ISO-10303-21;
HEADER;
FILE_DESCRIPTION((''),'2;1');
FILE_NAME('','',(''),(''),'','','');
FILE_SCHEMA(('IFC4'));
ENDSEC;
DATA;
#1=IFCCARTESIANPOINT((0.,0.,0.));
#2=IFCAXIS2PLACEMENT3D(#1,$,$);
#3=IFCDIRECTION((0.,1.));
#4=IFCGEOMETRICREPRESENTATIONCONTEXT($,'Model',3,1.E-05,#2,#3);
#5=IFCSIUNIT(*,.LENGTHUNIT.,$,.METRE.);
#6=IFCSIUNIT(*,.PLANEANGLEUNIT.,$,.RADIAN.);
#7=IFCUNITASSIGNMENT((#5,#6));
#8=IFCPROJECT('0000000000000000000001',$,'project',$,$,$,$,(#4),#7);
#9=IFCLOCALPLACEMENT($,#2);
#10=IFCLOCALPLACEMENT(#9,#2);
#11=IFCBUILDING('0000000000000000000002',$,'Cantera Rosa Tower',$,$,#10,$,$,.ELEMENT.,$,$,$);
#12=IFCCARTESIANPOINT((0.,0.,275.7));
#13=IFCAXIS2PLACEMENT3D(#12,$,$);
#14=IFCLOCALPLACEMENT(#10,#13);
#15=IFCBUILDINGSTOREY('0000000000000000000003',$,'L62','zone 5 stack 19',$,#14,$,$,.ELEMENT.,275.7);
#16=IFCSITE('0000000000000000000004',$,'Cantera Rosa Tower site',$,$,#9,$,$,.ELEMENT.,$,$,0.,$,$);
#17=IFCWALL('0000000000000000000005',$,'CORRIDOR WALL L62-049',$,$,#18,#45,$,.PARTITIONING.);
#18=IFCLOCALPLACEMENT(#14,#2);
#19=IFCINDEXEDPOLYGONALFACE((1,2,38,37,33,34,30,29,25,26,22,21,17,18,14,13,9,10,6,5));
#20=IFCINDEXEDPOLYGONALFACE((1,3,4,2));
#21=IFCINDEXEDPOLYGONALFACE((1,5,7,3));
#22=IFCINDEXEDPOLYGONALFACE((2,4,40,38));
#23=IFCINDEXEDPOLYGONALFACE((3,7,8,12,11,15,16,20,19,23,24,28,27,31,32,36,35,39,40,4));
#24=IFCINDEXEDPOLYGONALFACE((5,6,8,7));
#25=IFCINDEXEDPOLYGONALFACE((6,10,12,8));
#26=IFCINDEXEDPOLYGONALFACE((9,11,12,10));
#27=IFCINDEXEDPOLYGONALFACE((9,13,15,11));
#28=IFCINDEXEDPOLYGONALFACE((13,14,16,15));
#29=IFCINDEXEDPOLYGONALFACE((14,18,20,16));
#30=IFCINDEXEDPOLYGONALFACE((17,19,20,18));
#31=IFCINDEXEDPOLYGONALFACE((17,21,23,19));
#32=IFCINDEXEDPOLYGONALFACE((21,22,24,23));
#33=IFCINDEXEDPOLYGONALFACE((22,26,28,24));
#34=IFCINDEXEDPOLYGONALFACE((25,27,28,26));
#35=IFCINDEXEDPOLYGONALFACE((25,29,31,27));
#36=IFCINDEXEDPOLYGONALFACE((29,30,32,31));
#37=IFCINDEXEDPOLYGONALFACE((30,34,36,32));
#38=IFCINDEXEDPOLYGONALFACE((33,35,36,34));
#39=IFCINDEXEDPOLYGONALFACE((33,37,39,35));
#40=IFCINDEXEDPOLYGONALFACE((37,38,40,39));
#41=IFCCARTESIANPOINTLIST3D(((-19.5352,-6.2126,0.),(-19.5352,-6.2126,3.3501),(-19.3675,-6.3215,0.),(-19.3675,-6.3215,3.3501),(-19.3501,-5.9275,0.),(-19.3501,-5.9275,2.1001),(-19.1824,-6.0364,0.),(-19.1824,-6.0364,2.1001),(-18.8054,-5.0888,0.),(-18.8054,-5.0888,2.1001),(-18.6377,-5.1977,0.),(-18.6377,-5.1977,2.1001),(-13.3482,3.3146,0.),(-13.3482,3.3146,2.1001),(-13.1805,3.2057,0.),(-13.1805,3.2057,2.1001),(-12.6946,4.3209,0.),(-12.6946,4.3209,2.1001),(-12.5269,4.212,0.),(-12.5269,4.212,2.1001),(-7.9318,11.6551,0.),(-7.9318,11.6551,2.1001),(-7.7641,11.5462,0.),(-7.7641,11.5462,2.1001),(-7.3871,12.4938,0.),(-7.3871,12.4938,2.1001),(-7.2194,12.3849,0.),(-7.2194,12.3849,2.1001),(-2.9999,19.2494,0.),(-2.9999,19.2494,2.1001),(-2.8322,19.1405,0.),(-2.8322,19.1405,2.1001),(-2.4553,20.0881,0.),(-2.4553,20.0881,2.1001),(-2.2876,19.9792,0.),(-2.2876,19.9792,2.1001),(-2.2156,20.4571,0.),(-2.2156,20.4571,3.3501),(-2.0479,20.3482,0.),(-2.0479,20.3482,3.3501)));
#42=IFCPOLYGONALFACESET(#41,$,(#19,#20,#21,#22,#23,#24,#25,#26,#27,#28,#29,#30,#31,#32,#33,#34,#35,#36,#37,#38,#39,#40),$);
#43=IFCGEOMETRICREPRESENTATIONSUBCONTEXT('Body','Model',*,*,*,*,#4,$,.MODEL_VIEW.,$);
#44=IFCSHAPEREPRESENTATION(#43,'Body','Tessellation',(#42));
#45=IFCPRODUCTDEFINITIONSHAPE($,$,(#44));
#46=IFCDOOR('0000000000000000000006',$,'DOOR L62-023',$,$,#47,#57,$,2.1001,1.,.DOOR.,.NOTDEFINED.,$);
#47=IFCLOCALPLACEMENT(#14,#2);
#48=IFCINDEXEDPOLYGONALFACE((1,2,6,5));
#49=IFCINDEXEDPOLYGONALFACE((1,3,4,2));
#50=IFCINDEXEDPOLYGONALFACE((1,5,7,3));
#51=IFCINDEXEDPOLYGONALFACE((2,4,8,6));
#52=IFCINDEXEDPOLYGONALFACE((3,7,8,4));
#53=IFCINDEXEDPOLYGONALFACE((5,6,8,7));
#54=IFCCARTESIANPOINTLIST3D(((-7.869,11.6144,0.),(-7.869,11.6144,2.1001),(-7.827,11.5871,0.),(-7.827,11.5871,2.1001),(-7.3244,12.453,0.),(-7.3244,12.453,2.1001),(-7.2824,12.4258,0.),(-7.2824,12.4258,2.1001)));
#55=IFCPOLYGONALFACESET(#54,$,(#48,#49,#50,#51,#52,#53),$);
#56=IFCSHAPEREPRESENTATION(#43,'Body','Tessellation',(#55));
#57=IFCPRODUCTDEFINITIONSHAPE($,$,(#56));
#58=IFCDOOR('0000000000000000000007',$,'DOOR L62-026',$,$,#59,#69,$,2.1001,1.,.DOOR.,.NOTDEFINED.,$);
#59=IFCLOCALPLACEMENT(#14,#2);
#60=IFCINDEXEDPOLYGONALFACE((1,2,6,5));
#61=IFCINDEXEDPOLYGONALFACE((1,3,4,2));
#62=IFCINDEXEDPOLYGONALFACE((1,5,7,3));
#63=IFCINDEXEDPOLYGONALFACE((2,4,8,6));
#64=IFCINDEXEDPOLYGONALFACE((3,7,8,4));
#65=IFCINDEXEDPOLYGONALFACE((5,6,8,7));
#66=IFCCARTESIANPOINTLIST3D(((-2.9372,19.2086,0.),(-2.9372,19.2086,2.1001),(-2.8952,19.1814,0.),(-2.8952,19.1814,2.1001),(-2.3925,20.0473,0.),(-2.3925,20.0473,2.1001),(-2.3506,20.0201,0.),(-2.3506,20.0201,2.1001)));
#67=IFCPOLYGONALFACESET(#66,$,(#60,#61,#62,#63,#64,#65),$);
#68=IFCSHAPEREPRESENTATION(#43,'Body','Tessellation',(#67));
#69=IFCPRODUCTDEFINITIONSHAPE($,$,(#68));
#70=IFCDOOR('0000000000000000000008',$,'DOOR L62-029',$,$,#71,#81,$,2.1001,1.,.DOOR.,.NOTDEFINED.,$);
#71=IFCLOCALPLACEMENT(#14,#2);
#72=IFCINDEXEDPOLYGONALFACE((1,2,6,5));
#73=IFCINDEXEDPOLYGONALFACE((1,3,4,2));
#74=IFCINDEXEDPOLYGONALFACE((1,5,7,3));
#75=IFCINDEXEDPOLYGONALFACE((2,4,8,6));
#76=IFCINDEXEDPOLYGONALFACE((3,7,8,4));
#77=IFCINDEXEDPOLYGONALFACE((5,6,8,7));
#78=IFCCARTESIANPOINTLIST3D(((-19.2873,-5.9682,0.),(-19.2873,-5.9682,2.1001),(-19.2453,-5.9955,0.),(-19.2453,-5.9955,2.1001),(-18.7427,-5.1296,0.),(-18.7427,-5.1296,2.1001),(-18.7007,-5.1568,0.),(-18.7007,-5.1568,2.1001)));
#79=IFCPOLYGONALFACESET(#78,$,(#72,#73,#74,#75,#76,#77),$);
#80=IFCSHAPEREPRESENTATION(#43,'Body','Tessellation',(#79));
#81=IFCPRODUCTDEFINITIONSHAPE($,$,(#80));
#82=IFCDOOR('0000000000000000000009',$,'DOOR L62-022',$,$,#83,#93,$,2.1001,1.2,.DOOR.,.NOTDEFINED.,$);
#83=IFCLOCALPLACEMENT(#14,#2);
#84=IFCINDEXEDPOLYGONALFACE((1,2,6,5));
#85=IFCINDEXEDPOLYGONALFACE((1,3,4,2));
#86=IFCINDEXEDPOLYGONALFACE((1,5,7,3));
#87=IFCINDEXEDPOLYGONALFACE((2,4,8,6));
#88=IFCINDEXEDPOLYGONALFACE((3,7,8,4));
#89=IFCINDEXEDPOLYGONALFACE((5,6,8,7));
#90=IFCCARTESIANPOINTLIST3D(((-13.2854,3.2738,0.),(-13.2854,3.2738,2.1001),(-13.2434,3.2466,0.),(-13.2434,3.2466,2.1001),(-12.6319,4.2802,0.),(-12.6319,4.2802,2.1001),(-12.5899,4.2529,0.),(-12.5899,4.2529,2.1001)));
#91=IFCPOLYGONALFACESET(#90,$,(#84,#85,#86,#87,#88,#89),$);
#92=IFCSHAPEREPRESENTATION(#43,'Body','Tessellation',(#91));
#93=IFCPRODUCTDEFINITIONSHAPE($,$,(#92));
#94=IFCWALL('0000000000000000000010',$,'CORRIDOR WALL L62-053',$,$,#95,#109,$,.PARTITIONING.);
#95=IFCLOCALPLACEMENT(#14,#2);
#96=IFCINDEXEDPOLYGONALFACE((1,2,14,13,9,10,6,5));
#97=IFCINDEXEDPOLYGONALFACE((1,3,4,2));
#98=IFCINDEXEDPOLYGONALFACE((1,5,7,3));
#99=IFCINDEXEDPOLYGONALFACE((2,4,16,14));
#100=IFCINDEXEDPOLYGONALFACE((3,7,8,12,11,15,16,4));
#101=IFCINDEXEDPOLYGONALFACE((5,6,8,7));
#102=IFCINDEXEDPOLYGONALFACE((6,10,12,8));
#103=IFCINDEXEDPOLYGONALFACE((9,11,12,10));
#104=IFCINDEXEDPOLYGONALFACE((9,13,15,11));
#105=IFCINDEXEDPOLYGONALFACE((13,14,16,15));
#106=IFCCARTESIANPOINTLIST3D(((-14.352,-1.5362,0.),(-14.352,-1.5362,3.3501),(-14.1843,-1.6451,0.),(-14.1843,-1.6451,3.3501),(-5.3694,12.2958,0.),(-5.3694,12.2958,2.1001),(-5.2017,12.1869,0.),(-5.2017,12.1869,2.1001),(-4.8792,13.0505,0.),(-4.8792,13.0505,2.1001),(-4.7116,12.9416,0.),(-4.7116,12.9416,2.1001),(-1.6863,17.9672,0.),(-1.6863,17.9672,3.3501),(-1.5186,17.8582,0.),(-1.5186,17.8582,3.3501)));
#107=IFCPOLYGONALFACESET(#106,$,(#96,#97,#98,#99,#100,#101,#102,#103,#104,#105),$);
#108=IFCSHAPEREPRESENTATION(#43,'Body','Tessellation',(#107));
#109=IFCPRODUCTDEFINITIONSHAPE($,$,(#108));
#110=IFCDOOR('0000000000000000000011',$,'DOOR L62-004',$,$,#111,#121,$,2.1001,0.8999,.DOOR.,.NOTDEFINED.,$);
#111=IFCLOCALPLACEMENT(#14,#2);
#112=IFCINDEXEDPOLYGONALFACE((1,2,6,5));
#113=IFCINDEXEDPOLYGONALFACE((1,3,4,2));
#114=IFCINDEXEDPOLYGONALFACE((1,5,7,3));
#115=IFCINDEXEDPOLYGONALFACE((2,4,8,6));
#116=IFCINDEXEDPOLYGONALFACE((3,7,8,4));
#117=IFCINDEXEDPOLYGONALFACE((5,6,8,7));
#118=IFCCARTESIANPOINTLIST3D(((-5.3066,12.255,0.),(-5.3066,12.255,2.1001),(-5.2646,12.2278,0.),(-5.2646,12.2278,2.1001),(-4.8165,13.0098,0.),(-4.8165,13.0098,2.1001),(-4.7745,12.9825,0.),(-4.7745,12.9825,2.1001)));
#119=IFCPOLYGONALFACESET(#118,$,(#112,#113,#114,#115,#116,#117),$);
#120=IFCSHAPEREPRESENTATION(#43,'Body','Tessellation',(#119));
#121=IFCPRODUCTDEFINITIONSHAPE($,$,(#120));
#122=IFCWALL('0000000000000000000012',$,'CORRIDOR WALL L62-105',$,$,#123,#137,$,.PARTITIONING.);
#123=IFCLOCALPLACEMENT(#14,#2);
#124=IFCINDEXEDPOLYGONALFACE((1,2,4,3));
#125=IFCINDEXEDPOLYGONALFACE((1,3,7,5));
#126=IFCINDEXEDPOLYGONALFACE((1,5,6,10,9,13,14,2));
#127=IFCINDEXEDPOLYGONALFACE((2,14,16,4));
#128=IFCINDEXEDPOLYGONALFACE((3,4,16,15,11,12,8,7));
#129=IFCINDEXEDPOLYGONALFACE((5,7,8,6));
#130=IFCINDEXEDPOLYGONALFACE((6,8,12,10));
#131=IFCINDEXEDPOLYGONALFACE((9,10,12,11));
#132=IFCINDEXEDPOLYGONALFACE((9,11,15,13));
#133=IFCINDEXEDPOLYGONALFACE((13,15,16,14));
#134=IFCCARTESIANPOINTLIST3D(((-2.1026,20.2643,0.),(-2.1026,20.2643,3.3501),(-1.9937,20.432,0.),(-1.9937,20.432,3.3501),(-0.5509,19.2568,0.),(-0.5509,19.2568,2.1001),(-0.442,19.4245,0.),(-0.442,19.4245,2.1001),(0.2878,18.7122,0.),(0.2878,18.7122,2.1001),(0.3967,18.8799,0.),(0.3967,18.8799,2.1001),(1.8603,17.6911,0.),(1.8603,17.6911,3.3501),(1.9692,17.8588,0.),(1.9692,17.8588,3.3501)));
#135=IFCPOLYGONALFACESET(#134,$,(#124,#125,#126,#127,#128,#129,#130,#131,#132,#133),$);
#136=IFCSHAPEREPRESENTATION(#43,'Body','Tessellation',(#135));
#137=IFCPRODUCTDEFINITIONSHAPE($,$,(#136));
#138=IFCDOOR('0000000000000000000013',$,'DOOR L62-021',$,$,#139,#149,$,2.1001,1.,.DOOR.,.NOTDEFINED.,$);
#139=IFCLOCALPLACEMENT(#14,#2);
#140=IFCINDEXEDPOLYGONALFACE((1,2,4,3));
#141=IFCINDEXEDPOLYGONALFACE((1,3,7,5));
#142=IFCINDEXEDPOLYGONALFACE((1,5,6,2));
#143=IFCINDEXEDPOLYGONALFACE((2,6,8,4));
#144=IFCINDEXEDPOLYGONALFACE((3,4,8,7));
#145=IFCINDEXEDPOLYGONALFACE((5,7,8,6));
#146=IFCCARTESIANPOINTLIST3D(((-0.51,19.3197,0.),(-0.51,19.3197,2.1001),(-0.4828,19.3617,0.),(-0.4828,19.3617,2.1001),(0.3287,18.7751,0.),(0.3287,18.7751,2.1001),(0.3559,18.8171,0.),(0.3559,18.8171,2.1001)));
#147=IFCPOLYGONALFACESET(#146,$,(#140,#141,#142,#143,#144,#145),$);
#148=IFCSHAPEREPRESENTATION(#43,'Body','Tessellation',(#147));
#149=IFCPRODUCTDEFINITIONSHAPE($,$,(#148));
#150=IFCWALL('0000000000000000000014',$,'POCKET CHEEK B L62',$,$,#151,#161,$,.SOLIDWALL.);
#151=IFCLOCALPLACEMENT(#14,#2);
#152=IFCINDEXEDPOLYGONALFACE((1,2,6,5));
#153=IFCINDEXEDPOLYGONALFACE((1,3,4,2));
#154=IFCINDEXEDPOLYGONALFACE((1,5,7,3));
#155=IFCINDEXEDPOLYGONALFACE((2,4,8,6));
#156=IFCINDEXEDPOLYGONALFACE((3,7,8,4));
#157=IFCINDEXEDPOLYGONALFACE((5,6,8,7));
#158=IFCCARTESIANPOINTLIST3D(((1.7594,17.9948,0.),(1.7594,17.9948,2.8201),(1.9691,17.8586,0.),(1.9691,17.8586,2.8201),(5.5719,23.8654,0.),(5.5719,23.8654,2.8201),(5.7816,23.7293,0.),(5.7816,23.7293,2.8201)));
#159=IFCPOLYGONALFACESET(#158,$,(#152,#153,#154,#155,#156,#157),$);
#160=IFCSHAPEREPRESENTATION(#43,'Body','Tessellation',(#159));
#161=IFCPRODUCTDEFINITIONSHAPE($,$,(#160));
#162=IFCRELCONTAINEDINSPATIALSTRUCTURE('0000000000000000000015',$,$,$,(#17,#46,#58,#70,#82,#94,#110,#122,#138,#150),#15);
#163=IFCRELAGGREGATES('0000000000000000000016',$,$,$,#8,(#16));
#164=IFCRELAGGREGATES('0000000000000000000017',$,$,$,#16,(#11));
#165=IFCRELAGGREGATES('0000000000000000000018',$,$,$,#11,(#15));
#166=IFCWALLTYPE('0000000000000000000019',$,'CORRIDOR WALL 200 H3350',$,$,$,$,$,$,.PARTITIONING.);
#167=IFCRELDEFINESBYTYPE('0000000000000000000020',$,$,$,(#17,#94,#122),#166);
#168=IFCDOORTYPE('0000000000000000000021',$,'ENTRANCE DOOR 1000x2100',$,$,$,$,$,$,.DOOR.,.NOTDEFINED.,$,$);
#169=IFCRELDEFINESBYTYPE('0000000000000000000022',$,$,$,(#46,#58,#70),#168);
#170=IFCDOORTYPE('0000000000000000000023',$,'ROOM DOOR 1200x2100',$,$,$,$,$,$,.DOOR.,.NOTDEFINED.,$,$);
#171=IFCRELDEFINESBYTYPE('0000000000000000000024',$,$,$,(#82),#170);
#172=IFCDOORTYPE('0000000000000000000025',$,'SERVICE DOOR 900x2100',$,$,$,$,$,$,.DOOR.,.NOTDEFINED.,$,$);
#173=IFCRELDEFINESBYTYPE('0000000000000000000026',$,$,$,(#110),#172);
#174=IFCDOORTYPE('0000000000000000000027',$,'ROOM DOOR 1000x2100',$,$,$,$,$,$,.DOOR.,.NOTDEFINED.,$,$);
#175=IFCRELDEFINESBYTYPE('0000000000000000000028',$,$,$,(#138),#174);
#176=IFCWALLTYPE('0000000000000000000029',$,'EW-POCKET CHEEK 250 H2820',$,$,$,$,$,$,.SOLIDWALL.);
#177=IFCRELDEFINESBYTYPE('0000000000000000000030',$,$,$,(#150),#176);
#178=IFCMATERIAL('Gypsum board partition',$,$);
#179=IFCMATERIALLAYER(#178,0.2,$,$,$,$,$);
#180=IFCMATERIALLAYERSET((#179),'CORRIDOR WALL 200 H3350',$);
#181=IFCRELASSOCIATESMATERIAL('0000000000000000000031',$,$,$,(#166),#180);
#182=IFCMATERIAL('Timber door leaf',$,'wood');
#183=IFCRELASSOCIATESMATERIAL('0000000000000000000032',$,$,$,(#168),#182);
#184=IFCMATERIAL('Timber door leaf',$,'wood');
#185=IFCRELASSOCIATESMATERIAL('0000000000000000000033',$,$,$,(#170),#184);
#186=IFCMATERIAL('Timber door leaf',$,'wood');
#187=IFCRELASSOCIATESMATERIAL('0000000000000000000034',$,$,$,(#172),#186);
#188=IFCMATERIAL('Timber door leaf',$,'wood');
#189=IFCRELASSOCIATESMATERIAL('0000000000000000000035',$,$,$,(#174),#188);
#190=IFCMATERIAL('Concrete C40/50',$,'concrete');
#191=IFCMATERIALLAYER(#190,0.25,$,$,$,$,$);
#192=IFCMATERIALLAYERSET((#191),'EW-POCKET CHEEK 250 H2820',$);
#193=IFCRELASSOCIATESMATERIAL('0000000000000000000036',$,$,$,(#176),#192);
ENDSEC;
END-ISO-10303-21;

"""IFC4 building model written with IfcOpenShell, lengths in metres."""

from ifc_helpers import new_model, si_unit, direction, frame, frame_2d, origin, place, context, subcontext, project, spatial, rectangle, extrude, material, layer, layer_set, type_object, element, fill, save


model = new_model("IFC4")

# Units and contexts
model_context = context("Model", 3, precision=1e-05, world=origin(), true_north=direction((0.0, 1.0)))
body_context = subcontext(model_context, "Body", "Model", "MODEL_VIEW")
ifc_project = project(units=[si_unit("LENGTHUNIT", "METRE"), si_unit("PLANEANGLEUNIT", "RADIAN")], contexts=[model_context])

# Site, building, storey
site_placement = place(None, origin())
site = spatial("IfcSite", under=ifc_project, at=site_placement, Name="Cantera Rosa Tower site", CompositionType="ELEMENT", RefElevation=0.0)
building_placement = place(site_placement, origin())
building = spatial("IfcBuilding", under=site, at=building_placement, Name="Cantera Rosa Tower", CompositionType="ELEMENT")
storey_placement = place(building_placement, frame((0.0, 0.0, 275.7)))
storey = spatial("IfcBuildingStorey", under=building, at=storey_placement, Name="L62", Description="zone 5 stack 19", CompositionType="ELEMENT", Elevation=275.7)

# Wall, openings, doors
ifc_material_1 = material(Name="Gypsum board partition")
ifc_layer_1 = layer(ifc_material_1, 0.2)
ifc_layer_set_1 = layer_set([ifc_layer_1], Name="CORRIDOR WALL 200 H3350")
wall_type_1 = type_object("IfcWallType", Name="CORRIDOR WALL 200 H3350", PredefinedType="PARTITIONING", material=ifc_layer_set_1)
wall_1_placement = place(storey_placement, frame((-2.1318, 20.4026, 0.0), z_axis=(0.0, 0.0, 1.0), x_axis=(-0.544641, -0.838669, 0.0)))
wall_1 = element("IfcWall", 1, at=wall_1_placement, inside=storey, type_object=wall_type_1, Name="CORRIDOR WALL L62-049", PredefinedType="PARTITIONING", context=body_context, shape_type="SweptSolid", body=[
    extrude(rectangle(XDim=31.8, YDim=0.2, at=frame_2d((15.8999, 0.0))), origin(), (0.0, 0.0, 1.0), 3.3501),
])
opening_1_placement = place(wall_1_placement, frame((19.24, 0.0, 0.0)))
opening_1 = element("IfcOpeningElement", 2, at=opening_1_placement, cuts=wall_1, PredefinedType="OPENING", context=body_context, shape_type="SweptSolid", body=[
    extrude(rectangle(XDim=1.2, YDim=2.1001, at=frame_2d((0.6001, 1.05))), frame((0.0, 0.1099, 0.0), z_axis=(0.0, -1.0, 0.0), x_axis=(1.0, 0.0, 0.0)), (0.0, 0.0, 1.0), 0.22),
])
opening_2_placement = place(wall_1_placement, frame((9.4951, 0.0, 0.0)))
opening_2 = element("IfcOpeningElement", 3, at=opening_2_placement, cuts=wall_1, PredefinedType="OPENING", context=body_context, shape_type="SweptSolid", body=[
    extrude(rectangle(XDim=1.0, YDim=2.1001, at=frame_2d((0.5, 1.05))), frame((0.0, 0.1099, 0.0), z_axis=(0.0, -1.0, 0.0), x_axis=(1.0, 0.0, 0.0)), (0.0, 0.0, 1.0), 0.22),
])
opening_3_placement = place(wall_1_placement, frame((0.4399, 0.0, 0.0)))
opening_3 = element("IfcOpeningElement", 4, at=opening_3_placement, cuts=wall_1, PredefinedType="OPENING", context=body_context, shape_type="SweptSolid", body=[
    extrude(rectangle(XDim=1.0, YDim=2.1001, at=frame_2d((0.5, 1.05))), frame((0.0, 0.1099, 0.0), z_axis=(0.0, -1.0, 0.0), x_axis=(1.0, 0.0, 0.0)), (0.0, 0.0, 1.0), 0.22),
])
opening_4_placement = place(wall_1_placement, frame((30.46, 0.0, 0.0)))
opening_4 = element("IfcOpeningElement", 5, at=opening_4_placement, cuts=wall_1, PredefinedType="OPENING", context=body_context, shape_type="SweptSolid", body=[
    extrude(rectangle(XDim=1.0, YDim=2.1001, at=frame_2d((0.5, 1.05))), frame((0.0, 0.1099, 0.0), z_axis=(0.0, -1.0, 0.0), x_axis=(1.0, 0.0, 0.0)), (0.0, 0.0, 1.0), 0.22),
])
ifc_material_2 = material(Name="Timber door leaf", Category="wood")
door_type_1 = type_object("IfcDoorType", Name="ENTRANCE DOOR 1000x2100", OperationType="NOTDEFINED", PredefinedType="DOOR", material=ifc_material_2)
door_1_placement = place(opening_2_placement, origin())
door_1 = element("IfcDoor", 6, at=door_1_placement, inside=storey, type_object=door_type_1, Name="DOOR L62-023", OperationType="NOTDEFINED", OverallHeight=2.1001, OverallWidth=1.0, PredefinedType="DOOR", context=body_context, shape_type="SweptSolid", body=[
    extrude(rectangle(XDim=1.0, YDim=2.1001, at=frame_2d((0.5, 1.05))), frame((0.0, 0.0249, 0.0), z_axis=(0.0, -1.0, 0.0), x_axis=(1.0, 0.0, 0.0)), (0.0, 0.0, 1.0), 0.05),
])
fill(opening_2, door_1)
door_2_placement = place(opening_3_placement, origin())
door_2 = element("IfcDoor", 7, at=door_2_placement, inside=storey, type_object=door_type_1, Name="DOOR L62-026", OperationType="NOTDEFINED", OverallHeight=2.1001, OverallWidth=1.0, PredefinedType="DOOR", context=body_context, shape_type="SweptSolid", body=[
    extrude(rectangle(XDim=1.0, YDim=2.1001, at=frame_2d((0.5, 1.05))), frame((0.0, 0.0249, 0.0), z_axis=(0.0, -1.0, 0.0), x_axis=(1.0, 0.0, 0.0)), (0.0, 0.0, 1.0), 0.05),
])
fill(opening_3, door_2)
door_3_placement = place(opening_4_placement, origin())
door_3 = element("IfcDoor", 8, at=door_3_placement, inside=storey, type_object=door_type_1, Name="DOOR L62-029", OperationType="NOTDEFINED", OverallHeight=2.1001, OverallWidth=1.0, PredefinedType="DOOR", context=body_context, shape_type="SweptSolid", body=[
    extrude(rectangle(XDim=1.0, YDim=2.1001, at=frame_2d((0.5, 1.05))), frame((0.0, 0.0249, 0.0), z_axis=(0.0, -1.0, 0.0), x_axis=(1.0, 0.0, 0.0)), (0.0, 0.0, 1.0), 0.05),
])
fill(opening_4, door_3)
ifc_material_3 = material(Name="Timber door leaf", Category="wood")
door_type_2 = type_object("IfcDoorType", Name="ROOM DOOR 1200x2100", OperationType="NOTDEFINED", PredefinedType="DOOR", material=ifc_material_3)
door_4_placement = place(opening_1_placement, origin())
door_4 = element("IfcDoor", 9, at=door_4_placement, inside=storey, type_object=door_type_2, Name="DOOR L62-022", OperationType="NOTDEFINED", OverallHeight=2.1001, OverallWidth=1.2, PredefinedType="DOOR", context=body_context, shape_type="SweptSolid", body=[
    extrude(rectangle(XDim=1.2, YDim=2.1001, at=frame_2d((0.6001, 1.05))), frame((0.0, 0.0249, 0.0), z_axis=(0.0, -1.0, 0.0), x_axis=(1.0, 0.0, 0.0)), (0.0, 0.0, 1.0), 0.05),
])
fill(opening_1, door_4)

# Walls, openings, doors
wall_2_placement = place(storey_placement, frame((-1.6025, 17.9126, 0.0), z_axis=(0.0, 0.0, 1.0), x_axis=(-0.544642, -0.838669, 0.0)))
wall_2 = element("IfcWall", 10, at=wall_2_placement, inside=storey, type_object=wall_type_1, Name="CORRIDOR WALL L62-053", PredefinedType="PARTITIONING", context=body_context, shape_type="SweptSolid", body=[
    extrude(rectangle(XDim=23.2551, YDim=0.2, at=frame_2d((11.6274, 0.0))), origin(), (0.0, 0.0, 1.0), 3.3501),
])
opening_5_placement = place(wall_2_placement, frame((5.8623, 0.0, 0.0)))
opening_5 = element("IfcOpeningElement", 11, at=opening_5_placement, cuts=wall_2, PredefinedType="OPENING", context=body_context, shape_type="SweptSolid", body=[
    extrude(rectangle(XDim=0.8999, YDim=2.1001, at=frame_2d((0.45, 1.05))), frame((0.0, 0.1099, 0.0), z_axis=(0.0, -1.0, 0.0), x_axis=(1.0, 0.0, 0.0)), (0.0, 0.0, 1.0), 0.22),
])
ifc_material_4 = material(Name="Timber door leaf", Category="wood")
door_type_3 = type_object("IfcDoorType", Name="SERVICE DOOR 900x2100", OperationType="NOTDEFINED", PredefinedType="DOOR", material=ifc_material_4)
door_5_placement = place(opening_5_placement, origin())
door_5 = element("IfcDoor", 12, at=door_5_placement, inside=storey, type_object=door_type_3, Name="DOOR L62-004", OperationType="NOTDEFINED", OverallHeight=2.1001, OverallWidth=0.8999, PredefinedType="DOOR", context=body_context, shape_type="SweptSolid", body=[
    extrude(rectangle(XDim=0.8999, YDim=2.1001, at=frame_2d((0.45, 1.05))), frame((0.0, 0.0249, 0.0), z_axis=(0.0, -1.0, 0.0), x_axis=(1.0, 0.0, 0.0)), (0.0, 0.0, 1.0), 0.05),
])
fill(opening_5, door_5)
wall_3_placement = place(storey_placement, frame((1.9148, 17.7749, 0.0), z_axis=(0.0, 0.0, 1.0), x_axis=(-0.838699, 0.544596, 0.0)))
wall_3 = element("IfcWall", 13, at=wall_3_placement, inside=storey, type_object=wall_type_1, Name="CORRIDOR WALL L62-105", PredefinedType="PARTITIONING", context=body_context, shape_type="SweptSolid", body=[
    extrude(rectangle(XDim=4.7251, YDim=0.2, at=frame_2d((2.3625, 0.0))), origin(), (0.0, 0.0, 1.0), 3.3501),
])
opening_6_placement = place(wall_3_placement, frame((1.875, 0.0, 0.0)))
opening_6 = element("IfcOpeningElement", 14, at=opening_6_placement, cuts=wall_3, PredefinedType="OPENING", context=body_context, shape_type="SweptSolid", body=[
    extrude(rectangle(XDim=1.0, YDim=2.1001, at=frame_2d((0.5, 1.05))), frame((0.0, 0.1099, 0.0), z_axis=(0.0, -1.0, 0.0), x_axis=(1.0, 0.0, 0.0)), (0.0, 0.0, 1.0), 0.22),
])
ifc_material_5 = material(Name="Timber door leaf", Category="wood")
door_type_4 = type_object("IfcDoorType", Name="ROOM DOOR 1000x2100", OperationType="NOTDEFINED", PredefinedType="DOOR", material=ifc_material_5)
door_6_placement = place(opening_6_placement, origin())
door_6 = element("IfcDoor", 15, at=door_6_placement, inside=storey, type_object=door_type_4, Name="DOOR L62-021", OperationType="NOTDEFINED", OverallHeight=2.1001, OverallWidth=1.0, PredefinedType="DOOR", context=body_context, shape_type="SweptSolid", body=[
    extrude(rectangle(XDim=1.0, YDim=2.1001, at=frame_2d((0.5, 1.05))), frame((0.0, 0.0249, 0.0), z_axis=(0.0, -1.0, 0.0), x_axis=(1.0, 0.0, 0.0)), (0.0, 0.0, 1.0), 0.05),
])
fill(opening_6, door_6)

# Wall
ifc_material_6 = material(Name="Concrete C40/50", Category="concrete")
ifc_layer_2 = layer(ifc_material_6, 0.25)
ifc_layer_set_2 = layer_set([ifc_layer_2], Name="EW-POCKET CHEEK 250 H2820")
wall_type_2 = type_object("IfcWallType", Name="EW-POCKET CHEEK 250 H2820", PredefinedType="SOLIDWALL", material=ifc_layer_set_2)
wall_4_placement = place(storey_placement, frame((5.6768, 23.7974, 0.0), z_axis=(0.0, 0.0, 1.0), x_axis=(-0.544647, -0.838665, 0.0)))
element("IfcWall", 16, at=wall_4_placement, inside=storey, type_object=wall_type_2, Name="POCKET CHEEK B L62", PredefinedType="SOLIDWALL", context=body_context, shape_type="SweptSolid", body=[
    extrude(rectangle(XDim=7.0, YDim=0.25, at=frame_2d((3.5, 0.0))), origin(), (0.0, 0.0, 1.0), 2.8201),
])

save(model, "model.ifc")
